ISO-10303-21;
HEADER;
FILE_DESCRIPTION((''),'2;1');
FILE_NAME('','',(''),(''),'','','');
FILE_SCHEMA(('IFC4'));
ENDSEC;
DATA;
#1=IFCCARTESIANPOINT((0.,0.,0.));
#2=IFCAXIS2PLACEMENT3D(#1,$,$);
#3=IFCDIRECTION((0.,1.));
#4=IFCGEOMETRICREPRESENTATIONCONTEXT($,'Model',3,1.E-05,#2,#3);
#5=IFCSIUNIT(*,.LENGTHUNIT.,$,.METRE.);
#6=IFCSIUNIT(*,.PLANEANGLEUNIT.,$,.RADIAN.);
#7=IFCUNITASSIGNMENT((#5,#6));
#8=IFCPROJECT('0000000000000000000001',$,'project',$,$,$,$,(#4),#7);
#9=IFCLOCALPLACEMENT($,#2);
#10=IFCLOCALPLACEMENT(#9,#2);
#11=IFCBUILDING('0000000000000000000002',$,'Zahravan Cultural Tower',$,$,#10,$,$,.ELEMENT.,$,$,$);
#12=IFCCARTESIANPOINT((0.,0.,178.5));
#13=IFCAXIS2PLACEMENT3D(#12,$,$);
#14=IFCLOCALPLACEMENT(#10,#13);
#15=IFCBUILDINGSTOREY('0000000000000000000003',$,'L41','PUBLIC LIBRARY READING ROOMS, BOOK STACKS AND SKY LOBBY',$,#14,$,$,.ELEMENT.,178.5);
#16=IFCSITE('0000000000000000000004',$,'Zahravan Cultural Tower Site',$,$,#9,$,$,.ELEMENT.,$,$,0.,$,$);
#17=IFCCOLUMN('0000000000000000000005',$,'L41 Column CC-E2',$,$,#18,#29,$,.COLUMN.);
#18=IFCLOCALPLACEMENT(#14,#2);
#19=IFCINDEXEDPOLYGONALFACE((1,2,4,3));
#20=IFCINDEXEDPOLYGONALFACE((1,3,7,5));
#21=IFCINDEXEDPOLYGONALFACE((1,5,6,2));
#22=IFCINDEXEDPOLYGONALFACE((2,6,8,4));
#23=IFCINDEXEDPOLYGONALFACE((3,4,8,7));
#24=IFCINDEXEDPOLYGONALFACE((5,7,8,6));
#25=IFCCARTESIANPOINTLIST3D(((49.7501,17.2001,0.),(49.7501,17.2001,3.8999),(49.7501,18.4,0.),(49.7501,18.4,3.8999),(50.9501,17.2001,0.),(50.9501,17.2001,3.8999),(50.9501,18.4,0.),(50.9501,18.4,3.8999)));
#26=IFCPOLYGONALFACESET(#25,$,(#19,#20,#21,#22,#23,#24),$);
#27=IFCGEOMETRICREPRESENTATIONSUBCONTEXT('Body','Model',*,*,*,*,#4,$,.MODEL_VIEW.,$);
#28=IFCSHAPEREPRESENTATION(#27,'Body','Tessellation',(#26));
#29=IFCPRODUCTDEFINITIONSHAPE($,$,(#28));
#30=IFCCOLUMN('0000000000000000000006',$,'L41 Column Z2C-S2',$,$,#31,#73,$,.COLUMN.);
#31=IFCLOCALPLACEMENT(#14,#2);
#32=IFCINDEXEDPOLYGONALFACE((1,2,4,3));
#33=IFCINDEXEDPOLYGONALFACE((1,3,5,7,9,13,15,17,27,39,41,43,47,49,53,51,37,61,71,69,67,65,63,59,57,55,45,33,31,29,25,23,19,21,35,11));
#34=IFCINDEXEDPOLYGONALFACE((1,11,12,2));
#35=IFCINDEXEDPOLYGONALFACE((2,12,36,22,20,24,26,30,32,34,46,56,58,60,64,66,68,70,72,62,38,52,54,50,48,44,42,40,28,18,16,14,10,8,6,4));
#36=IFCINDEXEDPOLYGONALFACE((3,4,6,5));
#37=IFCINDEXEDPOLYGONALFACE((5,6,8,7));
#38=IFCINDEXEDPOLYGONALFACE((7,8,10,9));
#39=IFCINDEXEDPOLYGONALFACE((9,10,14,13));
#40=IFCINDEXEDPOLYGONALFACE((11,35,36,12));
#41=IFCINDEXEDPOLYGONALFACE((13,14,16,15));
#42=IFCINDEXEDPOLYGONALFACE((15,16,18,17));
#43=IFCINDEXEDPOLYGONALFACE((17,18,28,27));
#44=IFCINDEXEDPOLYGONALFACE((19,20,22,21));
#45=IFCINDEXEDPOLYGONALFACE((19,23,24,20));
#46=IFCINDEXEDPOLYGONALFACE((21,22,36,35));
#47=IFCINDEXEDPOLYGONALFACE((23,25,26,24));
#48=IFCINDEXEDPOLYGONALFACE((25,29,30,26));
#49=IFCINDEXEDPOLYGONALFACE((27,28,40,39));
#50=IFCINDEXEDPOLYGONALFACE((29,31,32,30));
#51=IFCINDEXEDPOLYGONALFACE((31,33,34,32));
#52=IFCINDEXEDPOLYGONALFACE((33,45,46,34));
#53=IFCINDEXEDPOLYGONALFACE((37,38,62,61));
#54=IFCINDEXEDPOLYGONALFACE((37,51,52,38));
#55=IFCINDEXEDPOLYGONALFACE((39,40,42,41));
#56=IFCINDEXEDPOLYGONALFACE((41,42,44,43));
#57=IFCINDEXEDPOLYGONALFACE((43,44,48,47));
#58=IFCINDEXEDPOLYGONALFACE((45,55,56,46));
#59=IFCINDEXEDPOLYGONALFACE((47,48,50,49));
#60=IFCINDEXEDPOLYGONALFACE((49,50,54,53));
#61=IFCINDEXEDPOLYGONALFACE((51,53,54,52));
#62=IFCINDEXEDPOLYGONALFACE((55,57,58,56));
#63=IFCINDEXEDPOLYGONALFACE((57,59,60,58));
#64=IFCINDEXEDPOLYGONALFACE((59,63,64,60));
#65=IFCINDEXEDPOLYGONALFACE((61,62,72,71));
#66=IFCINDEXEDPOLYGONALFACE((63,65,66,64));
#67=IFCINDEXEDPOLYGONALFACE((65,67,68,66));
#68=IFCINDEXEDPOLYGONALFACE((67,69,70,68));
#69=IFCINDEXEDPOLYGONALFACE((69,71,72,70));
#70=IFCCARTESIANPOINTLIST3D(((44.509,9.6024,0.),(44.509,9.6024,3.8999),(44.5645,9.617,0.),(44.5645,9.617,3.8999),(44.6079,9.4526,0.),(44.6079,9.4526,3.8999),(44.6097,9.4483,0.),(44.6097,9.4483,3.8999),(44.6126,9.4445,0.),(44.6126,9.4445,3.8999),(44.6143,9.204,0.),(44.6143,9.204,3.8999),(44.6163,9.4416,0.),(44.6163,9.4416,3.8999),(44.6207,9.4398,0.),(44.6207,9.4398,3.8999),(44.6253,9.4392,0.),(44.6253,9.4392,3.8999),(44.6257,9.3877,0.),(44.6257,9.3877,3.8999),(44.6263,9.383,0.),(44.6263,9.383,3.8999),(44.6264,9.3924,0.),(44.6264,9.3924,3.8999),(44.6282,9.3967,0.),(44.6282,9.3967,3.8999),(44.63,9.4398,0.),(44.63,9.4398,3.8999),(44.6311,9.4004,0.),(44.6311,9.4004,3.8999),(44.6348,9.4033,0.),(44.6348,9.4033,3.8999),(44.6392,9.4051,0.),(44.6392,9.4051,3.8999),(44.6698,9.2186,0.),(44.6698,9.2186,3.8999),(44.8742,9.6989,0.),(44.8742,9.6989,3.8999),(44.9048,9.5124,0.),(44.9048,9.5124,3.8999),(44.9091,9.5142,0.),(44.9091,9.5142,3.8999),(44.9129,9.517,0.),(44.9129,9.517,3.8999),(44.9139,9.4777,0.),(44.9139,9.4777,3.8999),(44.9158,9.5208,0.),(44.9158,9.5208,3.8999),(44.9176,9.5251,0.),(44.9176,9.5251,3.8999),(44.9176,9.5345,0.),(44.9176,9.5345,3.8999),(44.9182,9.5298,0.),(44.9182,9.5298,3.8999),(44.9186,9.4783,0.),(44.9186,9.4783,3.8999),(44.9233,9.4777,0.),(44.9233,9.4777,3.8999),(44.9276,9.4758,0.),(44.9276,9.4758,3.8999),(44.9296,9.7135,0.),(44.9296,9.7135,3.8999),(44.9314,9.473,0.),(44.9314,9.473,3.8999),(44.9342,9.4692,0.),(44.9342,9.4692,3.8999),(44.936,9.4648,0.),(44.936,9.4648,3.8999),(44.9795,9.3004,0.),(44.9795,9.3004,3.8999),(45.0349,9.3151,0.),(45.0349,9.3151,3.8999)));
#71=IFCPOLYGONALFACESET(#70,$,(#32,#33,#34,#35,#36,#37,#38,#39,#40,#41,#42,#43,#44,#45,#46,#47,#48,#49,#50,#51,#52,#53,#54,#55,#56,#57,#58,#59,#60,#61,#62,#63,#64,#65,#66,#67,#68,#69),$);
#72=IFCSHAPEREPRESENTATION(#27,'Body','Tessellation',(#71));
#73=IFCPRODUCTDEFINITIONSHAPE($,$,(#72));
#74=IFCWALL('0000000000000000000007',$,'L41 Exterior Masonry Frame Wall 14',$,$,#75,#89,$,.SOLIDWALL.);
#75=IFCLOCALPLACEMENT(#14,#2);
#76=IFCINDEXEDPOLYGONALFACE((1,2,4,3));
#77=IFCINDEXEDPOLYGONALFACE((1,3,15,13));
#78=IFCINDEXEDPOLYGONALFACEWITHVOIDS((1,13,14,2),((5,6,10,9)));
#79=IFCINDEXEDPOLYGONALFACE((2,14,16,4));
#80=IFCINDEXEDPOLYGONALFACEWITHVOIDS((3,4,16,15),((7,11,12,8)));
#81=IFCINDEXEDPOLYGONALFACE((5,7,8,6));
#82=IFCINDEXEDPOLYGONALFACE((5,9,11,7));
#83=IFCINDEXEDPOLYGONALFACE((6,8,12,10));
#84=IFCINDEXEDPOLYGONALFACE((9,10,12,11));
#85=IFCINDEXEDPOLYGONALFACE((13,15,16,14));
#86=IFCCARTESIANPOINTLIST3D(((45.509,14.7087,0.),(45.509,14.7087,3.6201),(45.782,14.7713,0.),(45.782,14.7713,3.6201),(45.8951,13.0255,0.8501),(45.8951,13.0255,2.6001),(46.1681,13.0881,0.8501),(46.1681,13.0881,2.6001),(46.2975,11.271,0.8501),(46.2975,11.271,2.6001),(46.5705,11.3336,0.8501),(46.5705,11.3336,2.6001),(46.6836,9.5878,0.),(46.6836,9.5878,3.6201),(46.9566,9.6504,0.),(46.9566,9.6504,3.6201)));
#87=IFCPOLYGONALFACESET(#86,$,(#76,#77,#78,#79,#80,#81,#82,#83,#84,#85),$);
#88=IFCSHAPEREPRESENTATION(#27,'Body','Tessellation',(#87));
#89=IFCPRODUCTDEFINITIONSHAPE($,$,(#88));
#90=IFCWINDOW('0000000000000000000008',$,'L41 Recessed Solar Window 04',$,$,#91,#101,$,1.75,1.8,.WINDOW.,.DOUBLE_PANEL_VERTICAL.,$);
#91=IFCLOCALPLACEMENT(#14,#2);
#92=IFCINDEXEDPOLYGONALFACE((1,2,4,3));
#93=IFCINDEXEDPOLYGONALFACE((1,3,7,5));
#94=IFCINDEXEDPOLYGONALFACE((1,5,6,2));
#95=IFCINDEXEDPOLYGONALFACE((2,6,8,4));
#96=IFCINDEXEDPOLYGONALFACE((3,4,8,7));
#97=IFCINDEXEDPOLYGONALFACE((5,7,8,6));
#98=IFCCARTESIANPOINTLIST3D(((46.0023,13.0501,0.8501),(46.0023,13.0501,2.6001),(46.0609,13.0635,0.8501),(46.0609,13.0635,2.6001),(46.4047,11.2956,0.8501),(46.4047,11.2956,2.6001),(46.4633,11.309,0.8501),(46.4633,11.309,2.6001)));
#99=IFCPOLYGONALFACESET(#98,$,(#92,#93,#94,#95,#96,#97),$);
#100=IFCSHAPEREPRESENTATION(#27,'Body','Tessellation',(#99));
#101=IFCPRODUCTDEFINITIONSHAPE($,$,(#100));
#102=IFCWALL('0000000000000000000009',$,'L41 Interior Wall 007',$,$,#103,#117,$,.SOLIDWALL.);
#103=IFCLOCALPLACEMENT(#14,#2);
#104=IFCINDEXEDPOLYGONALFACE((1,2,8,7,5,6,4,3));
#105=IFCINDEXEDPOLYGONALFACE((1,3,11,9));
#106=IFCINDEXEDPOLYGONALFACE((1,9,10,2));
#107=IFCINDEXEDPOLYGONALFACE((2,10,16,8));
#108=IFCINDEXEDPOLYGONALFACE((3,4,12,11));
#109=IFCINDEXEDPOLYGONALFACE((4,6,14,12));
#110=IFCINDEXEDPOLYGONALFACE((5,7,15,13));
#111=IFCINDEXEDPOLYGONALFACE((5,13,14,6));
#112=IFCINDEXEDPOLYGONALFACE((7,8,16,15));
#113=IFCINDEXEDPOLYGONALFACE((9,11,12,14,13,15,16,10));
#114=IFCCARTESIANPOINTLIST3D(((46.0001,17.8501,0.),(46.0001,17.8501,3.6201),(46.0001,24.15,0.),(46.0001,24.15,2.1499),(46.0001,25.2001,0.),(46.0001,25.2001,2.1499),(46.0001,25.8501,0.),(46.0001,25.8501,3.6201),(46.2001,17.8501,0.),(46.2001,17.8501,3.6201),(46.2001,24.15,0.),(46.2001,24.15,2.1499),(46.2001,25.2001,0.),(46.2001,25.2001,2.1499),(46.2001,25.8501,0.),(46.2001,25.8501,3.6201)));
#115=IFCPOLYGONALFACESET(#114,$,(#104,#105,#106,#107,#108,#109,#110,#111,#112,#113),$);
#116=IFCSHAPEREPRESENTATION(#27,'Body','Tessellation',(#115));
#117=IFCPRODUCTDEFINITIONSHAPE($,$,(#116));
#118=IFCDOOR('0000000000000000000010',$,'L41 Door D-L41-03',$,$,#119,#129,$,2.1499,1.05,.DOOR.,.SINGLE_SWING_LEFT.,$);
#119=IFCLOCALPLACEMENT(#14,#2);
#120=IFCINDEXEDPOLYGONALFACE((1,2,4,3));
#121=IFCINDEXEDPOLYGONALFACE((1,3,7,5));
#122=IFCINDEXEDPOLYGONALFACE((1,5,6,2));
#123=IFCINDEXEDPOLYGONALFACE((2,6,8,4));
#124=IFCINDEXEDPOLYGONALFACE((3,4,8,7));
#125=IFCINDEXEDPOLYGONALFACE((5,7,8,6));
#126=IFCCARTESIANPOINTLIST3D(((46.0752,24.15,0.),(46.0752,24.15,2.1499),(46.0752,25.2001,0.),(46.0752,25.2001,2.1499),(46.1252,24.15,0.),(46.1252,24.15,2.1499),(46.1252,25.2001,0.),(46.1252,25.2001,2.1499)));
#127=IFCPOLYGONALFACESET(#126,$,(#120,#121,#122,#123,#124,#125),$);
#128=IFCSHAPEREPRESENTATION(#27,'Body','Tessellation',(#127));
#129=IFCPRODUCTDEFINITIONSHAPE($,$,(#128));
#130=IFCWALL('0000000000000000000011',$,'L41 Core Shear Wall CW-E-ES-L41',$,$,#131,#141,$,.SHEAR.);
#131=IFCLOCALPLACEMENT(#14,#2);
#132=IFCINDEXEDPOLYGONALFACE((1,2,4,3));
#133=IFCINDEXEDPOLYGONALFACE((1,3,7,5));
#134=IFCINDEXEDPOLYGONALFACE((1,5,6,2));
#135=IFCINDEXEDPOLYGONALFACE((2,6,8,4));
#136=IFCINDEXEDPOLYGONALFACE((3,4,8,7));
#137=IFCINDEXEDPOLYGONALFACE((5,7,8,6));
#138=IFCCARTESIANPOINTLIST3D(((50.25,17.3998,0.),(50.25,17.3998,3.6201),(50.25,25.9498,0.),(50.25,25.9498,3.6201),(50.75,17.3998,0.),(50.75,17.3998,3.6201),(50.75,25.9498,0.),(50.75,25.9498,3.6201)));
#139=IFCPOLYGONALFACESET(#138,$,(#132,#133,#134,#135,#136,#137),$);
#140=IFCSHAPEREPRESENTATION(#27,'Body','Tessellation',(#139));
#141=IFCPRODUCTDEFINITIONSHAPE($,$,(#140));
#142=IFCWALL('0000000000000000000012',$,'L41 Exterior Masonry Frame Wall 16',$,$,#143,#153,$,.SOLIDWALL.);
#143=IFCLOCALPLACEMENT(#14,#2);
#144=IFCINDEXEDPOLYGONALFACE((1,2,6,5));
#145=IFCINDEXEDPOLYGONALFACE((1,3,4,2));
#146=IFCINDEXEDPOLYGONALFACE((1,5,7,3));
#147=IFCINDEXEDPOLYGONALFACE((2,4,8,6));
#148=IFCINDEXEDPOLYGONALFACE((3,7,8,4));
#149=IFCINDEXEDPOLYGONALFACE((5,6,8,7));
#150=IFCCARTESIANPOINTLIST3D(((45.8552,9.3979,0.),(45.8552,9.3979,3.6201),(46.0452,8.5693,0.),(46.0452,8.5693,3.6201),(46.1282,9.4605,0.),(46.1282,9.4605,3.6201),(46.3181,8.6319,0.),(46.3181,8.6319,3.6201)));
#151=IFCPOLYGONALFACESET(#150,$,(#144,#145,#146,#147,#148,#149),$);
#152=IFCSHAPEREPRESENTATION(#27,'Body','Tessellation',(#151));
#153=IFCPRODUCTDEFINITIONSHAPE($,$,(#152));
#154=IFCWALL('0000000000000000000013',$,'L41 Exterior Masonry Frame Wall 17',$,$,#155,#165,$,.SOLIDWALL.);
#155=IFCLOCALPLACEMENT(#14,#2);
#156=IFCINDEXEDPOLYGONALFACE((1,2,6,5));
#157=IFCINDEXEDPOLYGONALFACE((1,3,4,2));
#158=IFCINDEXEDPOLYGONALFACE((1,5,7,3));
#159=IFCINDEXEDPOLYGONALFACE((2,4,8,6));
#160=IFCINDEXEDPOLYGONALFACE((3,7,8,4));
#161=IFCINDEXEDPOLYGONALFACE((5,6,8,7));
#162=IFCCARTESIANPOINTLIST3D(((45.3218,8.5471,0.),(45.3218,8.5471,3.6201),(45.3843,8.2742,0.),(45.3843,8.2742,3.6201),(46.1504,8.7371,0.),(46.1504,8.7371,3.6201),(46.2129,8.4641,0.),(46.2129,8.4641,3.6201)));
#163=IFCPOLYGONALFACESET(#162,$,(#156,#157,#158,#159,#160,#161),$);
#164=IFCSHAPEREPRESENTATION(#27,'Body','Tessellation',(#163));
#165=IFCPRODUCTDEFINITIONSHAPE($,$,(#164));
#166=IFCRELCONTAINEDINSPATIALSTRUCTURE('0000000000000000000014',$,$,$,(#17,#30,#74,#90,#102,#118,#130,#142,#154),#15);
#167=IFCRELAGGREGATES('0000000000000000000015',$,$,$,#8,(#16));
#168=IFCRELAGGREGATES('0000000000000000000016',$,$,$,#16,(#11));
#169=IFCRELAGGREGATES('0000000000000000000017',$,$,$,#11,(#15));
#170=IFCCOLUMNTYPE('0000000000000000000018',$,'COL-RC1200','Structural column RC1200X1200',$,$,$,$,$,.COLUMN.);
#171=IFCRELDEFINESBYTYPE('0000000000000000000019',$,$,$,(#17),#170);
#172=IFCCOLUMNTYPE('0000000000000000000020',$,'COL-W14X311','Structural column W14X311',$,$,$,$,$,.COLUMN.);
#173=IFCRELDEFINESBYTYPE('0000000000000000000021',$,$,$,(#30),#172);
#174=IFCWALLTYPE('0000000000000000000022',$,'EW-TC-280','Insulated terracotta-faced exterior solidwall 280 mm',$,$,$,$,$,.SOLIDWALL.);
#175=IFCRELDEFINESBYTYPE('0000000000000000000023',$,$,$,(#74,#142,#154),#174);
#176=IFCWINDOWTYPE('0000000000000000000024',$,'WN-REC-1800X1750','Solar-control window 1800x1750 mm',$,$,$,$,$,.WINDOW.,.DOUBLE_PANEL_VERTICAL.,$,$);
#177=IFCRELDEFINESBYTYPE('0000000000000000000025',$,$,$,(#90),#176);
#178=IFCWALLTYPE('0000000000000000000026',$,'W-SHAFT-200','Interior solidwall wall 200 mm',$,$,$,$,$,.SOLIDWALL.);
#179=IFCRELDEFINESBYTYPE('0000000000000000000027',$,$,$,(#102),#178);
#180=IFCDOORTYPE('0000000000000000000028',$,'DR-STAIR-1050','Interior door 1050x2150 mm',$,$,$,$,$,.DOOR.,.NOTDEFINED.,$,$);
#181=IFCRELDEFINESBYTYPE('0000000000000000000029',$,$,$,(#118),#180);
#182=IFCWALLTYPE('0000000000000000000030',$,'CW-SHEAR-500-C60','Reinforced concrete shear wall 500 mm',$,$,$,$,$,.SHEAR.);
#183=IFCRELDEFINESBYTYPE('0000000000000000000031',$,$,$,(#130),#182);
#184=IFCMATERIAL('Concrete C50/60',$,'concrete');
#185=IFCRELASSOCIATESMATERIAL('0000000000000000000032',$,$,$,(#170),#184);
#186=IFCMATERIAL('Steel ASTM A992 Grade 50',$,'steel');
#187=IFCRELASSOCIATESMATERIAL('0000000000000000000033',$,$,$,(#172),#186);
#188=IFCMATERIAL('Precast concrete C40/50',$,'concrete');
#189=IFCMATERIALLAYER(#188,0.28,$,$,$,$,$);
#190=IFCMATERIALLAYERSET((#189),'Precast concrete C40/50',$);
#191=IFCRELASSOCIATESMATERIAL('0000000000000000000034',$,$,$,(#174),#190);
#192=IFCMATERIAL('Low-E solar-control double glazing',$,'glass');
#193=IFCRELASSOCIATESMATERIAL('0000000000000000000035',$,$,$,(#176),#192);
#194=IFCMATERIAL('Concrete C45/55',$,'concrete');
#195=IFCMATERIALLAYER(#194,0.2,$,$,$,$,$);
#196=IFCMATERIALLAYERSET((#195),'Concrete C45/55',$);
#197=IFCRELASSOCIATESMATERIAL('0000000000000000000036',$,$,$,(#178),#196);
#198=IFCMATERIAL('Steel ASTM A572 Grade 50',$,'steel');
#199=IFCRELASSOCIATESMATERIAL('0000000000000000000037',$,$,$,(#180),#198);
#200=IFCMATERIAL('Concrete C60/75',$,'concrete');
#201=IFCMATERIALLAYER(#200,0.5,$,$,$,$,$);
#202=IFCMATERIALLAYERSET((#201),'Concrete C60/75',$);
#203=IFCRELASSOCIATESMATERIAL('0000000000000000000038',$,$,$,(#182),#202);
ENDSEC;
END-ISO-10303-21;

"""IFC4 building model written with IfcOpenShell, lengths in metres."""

from ifc_helpers import new_model, si_unit, direction, frame, frame_2d, origin, origin_2d, place, context, subcontext, project, spatial, rectangle, i_section, extrude, source, transform, mapped, material, layer, layer_set, material_profile, profile_set, type_object, element, fill, save


model = new_model("IFC4")

# Units and contexts
model_context = context("Model", 3, precision=1e-05, world=origin(), true_north=direction((0.0, 1.0)))
body_context = subcontext(model_context, "Body", "Model", "MODEL_VIEW")
ifc_project = project(units=[si_unit("LENGTHUNIT", "METRE"), si_unit("PLANEANGLEUNIT", "RADIAN")], contexts=[model_context])

# Site, building, storey
site_placement = place(None, origin())
site = spatial("IfcSite", under=ifc_project, at=site_placement, Name="Zahravan Cultural Tower Site", CompositionType="ELEMENT", RefElevation=0.0)
building_placement = place(site_placement, origin())
building = spatial("IfcBuilding", under=site, at=building_placement, Name="Zahravan Cultural Tower", CompositionType="ELEMENT")
storey_placement = place(building_placement, frame((0.0, 0.0, 178.5)))
storey = spatial("IfcBuildingStorey", under=building, at=storey_placement, Name="L41", Description="PUBLIC LIBRARY READING ROOMS, BOOK STACKS AND SKY LOBBY", CompositionType="ELEMENT", Elevation=178.5)

# Columns
ifc_material_1 = material(Name="Concrete C50/60", Category="concrete")
ifc_material_profile_1 = material_profile(ifc_material_1, rectangle(XDim=1.2, YDim=1.2, at=origin_2d()), Name="RC1200X1200")
ifc_profile_set_1 = profile_set([ifc_material_profile_1], Name="Concrete C50/60")
column_type_1 = type_object("IfcColumnType", Name="COL-RC1200", Description="Structural column RC1200X1200", PredefinedType="COLUMN", material=ifc_profile_set_1)
shared_shape_1 = source(origin(), body_context, "Body", "SweptSolid", [
    extrude(rectangle(XDim=1.2, YDim=1.2, at=origin_2d()), origin(), (0.0, 0.0, 1.0), 3.8999),
])
column_1_placement = place(storey_placement, frame((50.3501, 17.8, 0.0), z_axis=(0.0, 0.0, 1.0), x_axis=(1.0, 0.0, 0.0)))
element("IfcColumn", 1, at=column_1_placement, inside=storey, type_object=column_type_1, Name="L41 Column CC-E2", PredefinedType="COLUMN", context=body_context, shape_type="MappedRepresentation", body=[
    mapped(shared_shape_1, transform((0.0, 0.0, 0.0), x_axis=(1.0, 0.0, 0.0), y_axis=(0.0, 1.0, 0.0), z_axis=(0.0, 0.0, 1.0), scale=1.0)),
])
ifc_material_2 = material(Name="Steel ASTM A992 Grade 50", Category="steel")
ifc_material_profile_2 = material_profile(ifc_material_2, i_section(OverallWidth=0.4121, OverallDepth=0.4351, WebThickness=0.0359, FlangeThickness=0.0574, FilletRadius=0.0181, at=origin_2d()), Name="W14X311")
ifc_profile_set_2 = profile_set([ifc_material_profile_2], Name="Steel ASTM A992 Grade 50")
column_type_2 = type_object("IfcColumnType", Name="COL-W14X311", Description="Structural column W14X311", PredefinedType="COLUMN", material=ifc_profile_set_2)
shared_shape_2 = source(origin(), body_context, "Body", "SweptSolid", [
    extrude(i_section(OverallWidth=0.4121, OverallDepth=0.4351, WebThickness=0.0359, FlangeThickness=0.0574, FilletRadius=0.0181, at=origin_2d()), origin(), (0.0, 0.0, 1.0), 3.8999),
])
column_2_placement = place(storey_placement, frame((44.772, 9.4587, 0.0), z_axis=(0.0, 0.0, 1.0), x_axis=(-0.255446, 0.966823, 0.0)))
element("IfcColumn", 2, at=column_2_placement, inside=storey, type_object=column_type_2, Name="L41 Column Z2C-S2", PredefinedType="COLUMN", context=body_context, shape_type="MappedRepresentation", body=[
    mapped(shared_shape_2, transform((0.0, 0.0, 0.0), x_axis=(1.0, 0.0, 0.0), y_axis=(0.0, 1.0, 0.0), z_axis=(0.0, 0.0, 1.0), scale=1.0)),
])

# Shared definitions
ifc_material_3 = material(Name="Precast concrete C40/50", Category="concrete")
ifc_layer_1 = layer(ifc_material_3, 0.28)
ifc_layer_set_1 = layer_set([ifc_layer_1], Name="Precast concrete C40/50")
wall_type_1 = type_object("IfcWallType", Name="EW-TC-280", Description="Insulated terracotta-faced exterior solidwall 280 mm", PredefinedType="SOLIDWALL", material=ifc_layer_set_1)
shared_shape_3 = source(origin(), body_context, "Body", "SweptSolid", [
    extrude(rectangle(XDim=1.05, YDim=2.1499, at=frame_2d((0.5249, 1.075))), frame((0.0, 0.0249, 0.0), z_axis=(0.0, -1.0, 0.0), x_axis=(1.0, 0.0, 0.0)), (0.0, 0.0, 1.0), 0.05),
])

# Wall, opening, window
wall_1_placement = place(storey_placement, frame((45.6455, 14.74, 0.0), z_axis=(0.0, 0.0, 1.0), x_axis=(0.223563, -0.97469, 0.0)))
wall_1 = element("IfcWall", 3, at=wall_1_placement, inside=storey, type_object=wall_type_1, Name="L41 Exterior Masonry Frame Wall 14", PredefinedType="SOLIDWALL", context=body_context, shape_type="SweptSolid", body=[
    extrude(rectangle(XDim=5.2539, YDim=0.28, at=frame_2d((2.627, 0.0))), origin(), (0.0, 0.0, 1.0), 3.6201),
])
opening_1_placement = place(wall_1_placement, frame((1.7271, 0.0, 0.8501)))
opening_1 = element("IfcOpeningElement", 4, at=opening_1_placement, cuts=wall_1, PredefinedType="OPENING", context=body_context, shape_type="SweptSolid", body=[
    extrude(rectangle(XDim=1.8, YDim=1.75, at=frame_2d((0.8999, 0.875))), frame((0.0, 0.1499, 0.0), z_axis=(0.0, -1.0, 0.0), x_axis=(1.0, 0.0, 0.0)), (0.0, 0.0, 1.0), 0.3),
])
ifc_material_4 = material(Name="Low-E solar-control double glazing", Category="glass")
window_type = type_object("IfcWindowType", Name="WN-REC-1800X1750", Description="Solar-control window 1800x1750 mm", PartitioningType="DOUBLE_PANEL_VERTICAL", PredefinedType="WINDOW", material=ifc_material_4)
shared_shape_4 = source(origin(), body_context, "Body", "SweptSolid", [
    extrude(rectangle(XDim=1.8, YDim=1.75, at=frame_2d((0.8999, 0.875))), frame((0.0, 0.03, 0.0), z_axis=(0.0, -1.0, 0.0), x_axis=(1.0, 0.0, 0.0)), (0.0, 0.0, 1.0), 0.0601),
])
window_placement = place(opening_1_placement, origin())
window = element("IfcWindow", 5, at=window_placement, inside=storey, type_object=window_type, Name="L41 Recessed Solar Window 04", OverallHeight=1.75, OverallWidth=1.8, PartitioningType="DOUBLE_PANEL_VERTICAL", PredefinedType="WINDOW", context=body_context, shape_type="MappedRepresentation", body=[
    mapped(shared_shape_4, transform((0.0, 0.0, 0.0), x_axis=(1.0, 0.0, 0.0), y_axis=(0.0, 1.0, 0.0), z_axis=(0.0, 0.0, 1.0), scale=1.0)),
])
fill(opening_1, window)

# Wall, opening, door
ifc_material_5 = material(Name="Concrete C45/55", Category="concrete")
ifc_layer_2 = layer(ifc_material_5, 0.2)
ifc_layer_set_2 = layer_set([ifc_layer_2], Name="Concrete C45/55")
wall_type_2 = type_object("IfcWallType", Name="W-SHAFT-200", Description="Interior solidwall wall 200 mm", PredefinedType="SOLIDWALL", material=ifc_layer_set_2)
wall_2_placement = place(storey_placement, frame((46.1001, 17.8501, 0.0), z_axis=(0.0, 0.0, 1.0), x_axis=(0.0, 1.0, 0.0)))
wall_2 = element("IfcWall", 6, at=wall_2_placement, inside=storey, type_object=wall_type_2, Name="L41 Interior Wall 007", PredefinedType="SOLIDWALL", context=body_context, shape_type="SweptSolid", body=[
    extrude(rectangle(XDim=8.0, YDim=0.2, at=frame_2d((4.0, 0.0))), origin(), (0.0, 0.0, 1.0), 3.6201),
])
opening_2_placement = place(wall_2_placement, frame((6.3, 0.0, 0.0)))
opening_2 = element("IfcOpeningElement", 7, at=opening_2_placement, cuts=wall_2, PredefinedType="OPENING", context=body_context, shape_type="SweptSolid", body=[
    extrude(rectangle(XDim=1.05, YDim=2.1499, at=frame_2d((0.5249, 1.075))), frame((0.0, 0.1099, 0.0), z_axis=(0.0, -1.0, 0.0), x_axis=(1.0, 0.0, 0.0)), (0.0, 0.0, 1.0), 0.22),
])
ifc_material_6 = material(Name="Steel ASTM A572 Grade 50", Category="steel")
door_type_1 = type_object("IfcDoorType", Name="DR-STAIR-1050", Description="Interior door 1050x2150 mm", OperationType="NOTDEFINED", PredefinedType="DOOR", material=ifc_material_6)
door_1_placement = place(opening_2_placement, origin())
door_1 = element("IfcDoor", 8, at=door_1_placement, inside=storey, type_object=door_type_1, Name="L41 Door D-L41-03", OperationType="SINGLE_SWING_LEFT", OverallHeight=2.1499, OverallWidth=1.05, PredefinedType="DOOR", context=body_context, shape_type="MappedRepresentation", body=[
    mapped(shared_shape_3, transform((0.0, 0.0, 0.0), x_axis=(1.0, 0.0, 0.0), y_axis=(0.0, 1.0, 0.0), z_axis=(0.0, 0.0, 1.0), scale=1.0)),
])
fill(opening_2, door_1)

# Walls
ifc_material_7 = material(Name="Concrete C60/75", Category="concrete")
ifc_layer_3 = layer(ifc_material_7, 0.5)
ifc_layer_set_3 = layer_set([ifc_layer_3], Name="Concrete C60/75")
wall_type_3 = type_object("IfcWallType", Name="CW-SHEAR-500-C60", Description="Reinforced concrete shear wall 500 mm", PredefinedType="SHEAR", material=ifc_layer_set_3)
shared_shape_5 = source(origin(), body_context, "Body", "SweptSolid", [
    extrude(rectangle(XDim=8.55, YDim=0.5, at=frame_2d((4.2749, 0.0))), origin(), (0.0, 0.0, 1.0), 3.6201),
])
wall_3_placement = place(storey_placement, frame((50.5, 17.3999, 0.0), z_axis=(0.0, 0.0, 1.0), x_axis=(0.0, 1.0, 0.0)))
element("IfcWall", 9, at=wall_3_placement, inside=storey, type_object=wall_type_3, Name="L41 Core Shear Wall CW-E-ES-L41", PredefinedType="SHEAR", context=body_context, shape_type="MappedRepresentation", body=[
    mapped(shared_shape_5, transform((0.0, 0.0, 0.0), x_axis=(1.0, 0.0, 0.0), y_axis=(0.0, 1.0, 0.0), z_axis=(0.0, 0.0, 1.0), scale=1.0)),
])
shared_shape_6 = source(origin(), body_context, "Body", "SweptSolid", [
    extrude(rectangle(XDim=0.8501, YDim=0.28, at=frame_2d((0.425, 0.0))), origin(), (0.0, 0.0, 1.0), 3.6201),
])
for number, where, z_axis, x_axis, name in (
    (10, (45.9917, 9.4292, 0.0), (0.0, 0.0, 1.0), (0.223433, -0.974719, 0.0), "L41 Exterior Masonry Frame Wall 16"),
    (11, (46.1816, 8.6006, 0.0), (0.0, 0.0, 1.0), (-0.974719, -0.223433, 0.0), "L41 Exterior Masonry Frame Wall 17"),
):
    element("IfcWall", number, at=place(storey_placement, frame(where, z_axis=z_axis, x_axis=x_axis)), inside=storey, type_object=wall_type_1, Name=name, PredefinedType="SOLIDWALL", context=body_context, shape_type="MappedRepresentation", body=[
        mapped(shared_shape_6, transform((0.0, 0.0, 0.0), x_axis=(1.0, 0.0, 0.0), y_axis=(0.0, 1.0, 0.0), z_axis=(0.0, 0.0, 1.0), scale=1.0)),
    ])

save(model, "model.ifc")
